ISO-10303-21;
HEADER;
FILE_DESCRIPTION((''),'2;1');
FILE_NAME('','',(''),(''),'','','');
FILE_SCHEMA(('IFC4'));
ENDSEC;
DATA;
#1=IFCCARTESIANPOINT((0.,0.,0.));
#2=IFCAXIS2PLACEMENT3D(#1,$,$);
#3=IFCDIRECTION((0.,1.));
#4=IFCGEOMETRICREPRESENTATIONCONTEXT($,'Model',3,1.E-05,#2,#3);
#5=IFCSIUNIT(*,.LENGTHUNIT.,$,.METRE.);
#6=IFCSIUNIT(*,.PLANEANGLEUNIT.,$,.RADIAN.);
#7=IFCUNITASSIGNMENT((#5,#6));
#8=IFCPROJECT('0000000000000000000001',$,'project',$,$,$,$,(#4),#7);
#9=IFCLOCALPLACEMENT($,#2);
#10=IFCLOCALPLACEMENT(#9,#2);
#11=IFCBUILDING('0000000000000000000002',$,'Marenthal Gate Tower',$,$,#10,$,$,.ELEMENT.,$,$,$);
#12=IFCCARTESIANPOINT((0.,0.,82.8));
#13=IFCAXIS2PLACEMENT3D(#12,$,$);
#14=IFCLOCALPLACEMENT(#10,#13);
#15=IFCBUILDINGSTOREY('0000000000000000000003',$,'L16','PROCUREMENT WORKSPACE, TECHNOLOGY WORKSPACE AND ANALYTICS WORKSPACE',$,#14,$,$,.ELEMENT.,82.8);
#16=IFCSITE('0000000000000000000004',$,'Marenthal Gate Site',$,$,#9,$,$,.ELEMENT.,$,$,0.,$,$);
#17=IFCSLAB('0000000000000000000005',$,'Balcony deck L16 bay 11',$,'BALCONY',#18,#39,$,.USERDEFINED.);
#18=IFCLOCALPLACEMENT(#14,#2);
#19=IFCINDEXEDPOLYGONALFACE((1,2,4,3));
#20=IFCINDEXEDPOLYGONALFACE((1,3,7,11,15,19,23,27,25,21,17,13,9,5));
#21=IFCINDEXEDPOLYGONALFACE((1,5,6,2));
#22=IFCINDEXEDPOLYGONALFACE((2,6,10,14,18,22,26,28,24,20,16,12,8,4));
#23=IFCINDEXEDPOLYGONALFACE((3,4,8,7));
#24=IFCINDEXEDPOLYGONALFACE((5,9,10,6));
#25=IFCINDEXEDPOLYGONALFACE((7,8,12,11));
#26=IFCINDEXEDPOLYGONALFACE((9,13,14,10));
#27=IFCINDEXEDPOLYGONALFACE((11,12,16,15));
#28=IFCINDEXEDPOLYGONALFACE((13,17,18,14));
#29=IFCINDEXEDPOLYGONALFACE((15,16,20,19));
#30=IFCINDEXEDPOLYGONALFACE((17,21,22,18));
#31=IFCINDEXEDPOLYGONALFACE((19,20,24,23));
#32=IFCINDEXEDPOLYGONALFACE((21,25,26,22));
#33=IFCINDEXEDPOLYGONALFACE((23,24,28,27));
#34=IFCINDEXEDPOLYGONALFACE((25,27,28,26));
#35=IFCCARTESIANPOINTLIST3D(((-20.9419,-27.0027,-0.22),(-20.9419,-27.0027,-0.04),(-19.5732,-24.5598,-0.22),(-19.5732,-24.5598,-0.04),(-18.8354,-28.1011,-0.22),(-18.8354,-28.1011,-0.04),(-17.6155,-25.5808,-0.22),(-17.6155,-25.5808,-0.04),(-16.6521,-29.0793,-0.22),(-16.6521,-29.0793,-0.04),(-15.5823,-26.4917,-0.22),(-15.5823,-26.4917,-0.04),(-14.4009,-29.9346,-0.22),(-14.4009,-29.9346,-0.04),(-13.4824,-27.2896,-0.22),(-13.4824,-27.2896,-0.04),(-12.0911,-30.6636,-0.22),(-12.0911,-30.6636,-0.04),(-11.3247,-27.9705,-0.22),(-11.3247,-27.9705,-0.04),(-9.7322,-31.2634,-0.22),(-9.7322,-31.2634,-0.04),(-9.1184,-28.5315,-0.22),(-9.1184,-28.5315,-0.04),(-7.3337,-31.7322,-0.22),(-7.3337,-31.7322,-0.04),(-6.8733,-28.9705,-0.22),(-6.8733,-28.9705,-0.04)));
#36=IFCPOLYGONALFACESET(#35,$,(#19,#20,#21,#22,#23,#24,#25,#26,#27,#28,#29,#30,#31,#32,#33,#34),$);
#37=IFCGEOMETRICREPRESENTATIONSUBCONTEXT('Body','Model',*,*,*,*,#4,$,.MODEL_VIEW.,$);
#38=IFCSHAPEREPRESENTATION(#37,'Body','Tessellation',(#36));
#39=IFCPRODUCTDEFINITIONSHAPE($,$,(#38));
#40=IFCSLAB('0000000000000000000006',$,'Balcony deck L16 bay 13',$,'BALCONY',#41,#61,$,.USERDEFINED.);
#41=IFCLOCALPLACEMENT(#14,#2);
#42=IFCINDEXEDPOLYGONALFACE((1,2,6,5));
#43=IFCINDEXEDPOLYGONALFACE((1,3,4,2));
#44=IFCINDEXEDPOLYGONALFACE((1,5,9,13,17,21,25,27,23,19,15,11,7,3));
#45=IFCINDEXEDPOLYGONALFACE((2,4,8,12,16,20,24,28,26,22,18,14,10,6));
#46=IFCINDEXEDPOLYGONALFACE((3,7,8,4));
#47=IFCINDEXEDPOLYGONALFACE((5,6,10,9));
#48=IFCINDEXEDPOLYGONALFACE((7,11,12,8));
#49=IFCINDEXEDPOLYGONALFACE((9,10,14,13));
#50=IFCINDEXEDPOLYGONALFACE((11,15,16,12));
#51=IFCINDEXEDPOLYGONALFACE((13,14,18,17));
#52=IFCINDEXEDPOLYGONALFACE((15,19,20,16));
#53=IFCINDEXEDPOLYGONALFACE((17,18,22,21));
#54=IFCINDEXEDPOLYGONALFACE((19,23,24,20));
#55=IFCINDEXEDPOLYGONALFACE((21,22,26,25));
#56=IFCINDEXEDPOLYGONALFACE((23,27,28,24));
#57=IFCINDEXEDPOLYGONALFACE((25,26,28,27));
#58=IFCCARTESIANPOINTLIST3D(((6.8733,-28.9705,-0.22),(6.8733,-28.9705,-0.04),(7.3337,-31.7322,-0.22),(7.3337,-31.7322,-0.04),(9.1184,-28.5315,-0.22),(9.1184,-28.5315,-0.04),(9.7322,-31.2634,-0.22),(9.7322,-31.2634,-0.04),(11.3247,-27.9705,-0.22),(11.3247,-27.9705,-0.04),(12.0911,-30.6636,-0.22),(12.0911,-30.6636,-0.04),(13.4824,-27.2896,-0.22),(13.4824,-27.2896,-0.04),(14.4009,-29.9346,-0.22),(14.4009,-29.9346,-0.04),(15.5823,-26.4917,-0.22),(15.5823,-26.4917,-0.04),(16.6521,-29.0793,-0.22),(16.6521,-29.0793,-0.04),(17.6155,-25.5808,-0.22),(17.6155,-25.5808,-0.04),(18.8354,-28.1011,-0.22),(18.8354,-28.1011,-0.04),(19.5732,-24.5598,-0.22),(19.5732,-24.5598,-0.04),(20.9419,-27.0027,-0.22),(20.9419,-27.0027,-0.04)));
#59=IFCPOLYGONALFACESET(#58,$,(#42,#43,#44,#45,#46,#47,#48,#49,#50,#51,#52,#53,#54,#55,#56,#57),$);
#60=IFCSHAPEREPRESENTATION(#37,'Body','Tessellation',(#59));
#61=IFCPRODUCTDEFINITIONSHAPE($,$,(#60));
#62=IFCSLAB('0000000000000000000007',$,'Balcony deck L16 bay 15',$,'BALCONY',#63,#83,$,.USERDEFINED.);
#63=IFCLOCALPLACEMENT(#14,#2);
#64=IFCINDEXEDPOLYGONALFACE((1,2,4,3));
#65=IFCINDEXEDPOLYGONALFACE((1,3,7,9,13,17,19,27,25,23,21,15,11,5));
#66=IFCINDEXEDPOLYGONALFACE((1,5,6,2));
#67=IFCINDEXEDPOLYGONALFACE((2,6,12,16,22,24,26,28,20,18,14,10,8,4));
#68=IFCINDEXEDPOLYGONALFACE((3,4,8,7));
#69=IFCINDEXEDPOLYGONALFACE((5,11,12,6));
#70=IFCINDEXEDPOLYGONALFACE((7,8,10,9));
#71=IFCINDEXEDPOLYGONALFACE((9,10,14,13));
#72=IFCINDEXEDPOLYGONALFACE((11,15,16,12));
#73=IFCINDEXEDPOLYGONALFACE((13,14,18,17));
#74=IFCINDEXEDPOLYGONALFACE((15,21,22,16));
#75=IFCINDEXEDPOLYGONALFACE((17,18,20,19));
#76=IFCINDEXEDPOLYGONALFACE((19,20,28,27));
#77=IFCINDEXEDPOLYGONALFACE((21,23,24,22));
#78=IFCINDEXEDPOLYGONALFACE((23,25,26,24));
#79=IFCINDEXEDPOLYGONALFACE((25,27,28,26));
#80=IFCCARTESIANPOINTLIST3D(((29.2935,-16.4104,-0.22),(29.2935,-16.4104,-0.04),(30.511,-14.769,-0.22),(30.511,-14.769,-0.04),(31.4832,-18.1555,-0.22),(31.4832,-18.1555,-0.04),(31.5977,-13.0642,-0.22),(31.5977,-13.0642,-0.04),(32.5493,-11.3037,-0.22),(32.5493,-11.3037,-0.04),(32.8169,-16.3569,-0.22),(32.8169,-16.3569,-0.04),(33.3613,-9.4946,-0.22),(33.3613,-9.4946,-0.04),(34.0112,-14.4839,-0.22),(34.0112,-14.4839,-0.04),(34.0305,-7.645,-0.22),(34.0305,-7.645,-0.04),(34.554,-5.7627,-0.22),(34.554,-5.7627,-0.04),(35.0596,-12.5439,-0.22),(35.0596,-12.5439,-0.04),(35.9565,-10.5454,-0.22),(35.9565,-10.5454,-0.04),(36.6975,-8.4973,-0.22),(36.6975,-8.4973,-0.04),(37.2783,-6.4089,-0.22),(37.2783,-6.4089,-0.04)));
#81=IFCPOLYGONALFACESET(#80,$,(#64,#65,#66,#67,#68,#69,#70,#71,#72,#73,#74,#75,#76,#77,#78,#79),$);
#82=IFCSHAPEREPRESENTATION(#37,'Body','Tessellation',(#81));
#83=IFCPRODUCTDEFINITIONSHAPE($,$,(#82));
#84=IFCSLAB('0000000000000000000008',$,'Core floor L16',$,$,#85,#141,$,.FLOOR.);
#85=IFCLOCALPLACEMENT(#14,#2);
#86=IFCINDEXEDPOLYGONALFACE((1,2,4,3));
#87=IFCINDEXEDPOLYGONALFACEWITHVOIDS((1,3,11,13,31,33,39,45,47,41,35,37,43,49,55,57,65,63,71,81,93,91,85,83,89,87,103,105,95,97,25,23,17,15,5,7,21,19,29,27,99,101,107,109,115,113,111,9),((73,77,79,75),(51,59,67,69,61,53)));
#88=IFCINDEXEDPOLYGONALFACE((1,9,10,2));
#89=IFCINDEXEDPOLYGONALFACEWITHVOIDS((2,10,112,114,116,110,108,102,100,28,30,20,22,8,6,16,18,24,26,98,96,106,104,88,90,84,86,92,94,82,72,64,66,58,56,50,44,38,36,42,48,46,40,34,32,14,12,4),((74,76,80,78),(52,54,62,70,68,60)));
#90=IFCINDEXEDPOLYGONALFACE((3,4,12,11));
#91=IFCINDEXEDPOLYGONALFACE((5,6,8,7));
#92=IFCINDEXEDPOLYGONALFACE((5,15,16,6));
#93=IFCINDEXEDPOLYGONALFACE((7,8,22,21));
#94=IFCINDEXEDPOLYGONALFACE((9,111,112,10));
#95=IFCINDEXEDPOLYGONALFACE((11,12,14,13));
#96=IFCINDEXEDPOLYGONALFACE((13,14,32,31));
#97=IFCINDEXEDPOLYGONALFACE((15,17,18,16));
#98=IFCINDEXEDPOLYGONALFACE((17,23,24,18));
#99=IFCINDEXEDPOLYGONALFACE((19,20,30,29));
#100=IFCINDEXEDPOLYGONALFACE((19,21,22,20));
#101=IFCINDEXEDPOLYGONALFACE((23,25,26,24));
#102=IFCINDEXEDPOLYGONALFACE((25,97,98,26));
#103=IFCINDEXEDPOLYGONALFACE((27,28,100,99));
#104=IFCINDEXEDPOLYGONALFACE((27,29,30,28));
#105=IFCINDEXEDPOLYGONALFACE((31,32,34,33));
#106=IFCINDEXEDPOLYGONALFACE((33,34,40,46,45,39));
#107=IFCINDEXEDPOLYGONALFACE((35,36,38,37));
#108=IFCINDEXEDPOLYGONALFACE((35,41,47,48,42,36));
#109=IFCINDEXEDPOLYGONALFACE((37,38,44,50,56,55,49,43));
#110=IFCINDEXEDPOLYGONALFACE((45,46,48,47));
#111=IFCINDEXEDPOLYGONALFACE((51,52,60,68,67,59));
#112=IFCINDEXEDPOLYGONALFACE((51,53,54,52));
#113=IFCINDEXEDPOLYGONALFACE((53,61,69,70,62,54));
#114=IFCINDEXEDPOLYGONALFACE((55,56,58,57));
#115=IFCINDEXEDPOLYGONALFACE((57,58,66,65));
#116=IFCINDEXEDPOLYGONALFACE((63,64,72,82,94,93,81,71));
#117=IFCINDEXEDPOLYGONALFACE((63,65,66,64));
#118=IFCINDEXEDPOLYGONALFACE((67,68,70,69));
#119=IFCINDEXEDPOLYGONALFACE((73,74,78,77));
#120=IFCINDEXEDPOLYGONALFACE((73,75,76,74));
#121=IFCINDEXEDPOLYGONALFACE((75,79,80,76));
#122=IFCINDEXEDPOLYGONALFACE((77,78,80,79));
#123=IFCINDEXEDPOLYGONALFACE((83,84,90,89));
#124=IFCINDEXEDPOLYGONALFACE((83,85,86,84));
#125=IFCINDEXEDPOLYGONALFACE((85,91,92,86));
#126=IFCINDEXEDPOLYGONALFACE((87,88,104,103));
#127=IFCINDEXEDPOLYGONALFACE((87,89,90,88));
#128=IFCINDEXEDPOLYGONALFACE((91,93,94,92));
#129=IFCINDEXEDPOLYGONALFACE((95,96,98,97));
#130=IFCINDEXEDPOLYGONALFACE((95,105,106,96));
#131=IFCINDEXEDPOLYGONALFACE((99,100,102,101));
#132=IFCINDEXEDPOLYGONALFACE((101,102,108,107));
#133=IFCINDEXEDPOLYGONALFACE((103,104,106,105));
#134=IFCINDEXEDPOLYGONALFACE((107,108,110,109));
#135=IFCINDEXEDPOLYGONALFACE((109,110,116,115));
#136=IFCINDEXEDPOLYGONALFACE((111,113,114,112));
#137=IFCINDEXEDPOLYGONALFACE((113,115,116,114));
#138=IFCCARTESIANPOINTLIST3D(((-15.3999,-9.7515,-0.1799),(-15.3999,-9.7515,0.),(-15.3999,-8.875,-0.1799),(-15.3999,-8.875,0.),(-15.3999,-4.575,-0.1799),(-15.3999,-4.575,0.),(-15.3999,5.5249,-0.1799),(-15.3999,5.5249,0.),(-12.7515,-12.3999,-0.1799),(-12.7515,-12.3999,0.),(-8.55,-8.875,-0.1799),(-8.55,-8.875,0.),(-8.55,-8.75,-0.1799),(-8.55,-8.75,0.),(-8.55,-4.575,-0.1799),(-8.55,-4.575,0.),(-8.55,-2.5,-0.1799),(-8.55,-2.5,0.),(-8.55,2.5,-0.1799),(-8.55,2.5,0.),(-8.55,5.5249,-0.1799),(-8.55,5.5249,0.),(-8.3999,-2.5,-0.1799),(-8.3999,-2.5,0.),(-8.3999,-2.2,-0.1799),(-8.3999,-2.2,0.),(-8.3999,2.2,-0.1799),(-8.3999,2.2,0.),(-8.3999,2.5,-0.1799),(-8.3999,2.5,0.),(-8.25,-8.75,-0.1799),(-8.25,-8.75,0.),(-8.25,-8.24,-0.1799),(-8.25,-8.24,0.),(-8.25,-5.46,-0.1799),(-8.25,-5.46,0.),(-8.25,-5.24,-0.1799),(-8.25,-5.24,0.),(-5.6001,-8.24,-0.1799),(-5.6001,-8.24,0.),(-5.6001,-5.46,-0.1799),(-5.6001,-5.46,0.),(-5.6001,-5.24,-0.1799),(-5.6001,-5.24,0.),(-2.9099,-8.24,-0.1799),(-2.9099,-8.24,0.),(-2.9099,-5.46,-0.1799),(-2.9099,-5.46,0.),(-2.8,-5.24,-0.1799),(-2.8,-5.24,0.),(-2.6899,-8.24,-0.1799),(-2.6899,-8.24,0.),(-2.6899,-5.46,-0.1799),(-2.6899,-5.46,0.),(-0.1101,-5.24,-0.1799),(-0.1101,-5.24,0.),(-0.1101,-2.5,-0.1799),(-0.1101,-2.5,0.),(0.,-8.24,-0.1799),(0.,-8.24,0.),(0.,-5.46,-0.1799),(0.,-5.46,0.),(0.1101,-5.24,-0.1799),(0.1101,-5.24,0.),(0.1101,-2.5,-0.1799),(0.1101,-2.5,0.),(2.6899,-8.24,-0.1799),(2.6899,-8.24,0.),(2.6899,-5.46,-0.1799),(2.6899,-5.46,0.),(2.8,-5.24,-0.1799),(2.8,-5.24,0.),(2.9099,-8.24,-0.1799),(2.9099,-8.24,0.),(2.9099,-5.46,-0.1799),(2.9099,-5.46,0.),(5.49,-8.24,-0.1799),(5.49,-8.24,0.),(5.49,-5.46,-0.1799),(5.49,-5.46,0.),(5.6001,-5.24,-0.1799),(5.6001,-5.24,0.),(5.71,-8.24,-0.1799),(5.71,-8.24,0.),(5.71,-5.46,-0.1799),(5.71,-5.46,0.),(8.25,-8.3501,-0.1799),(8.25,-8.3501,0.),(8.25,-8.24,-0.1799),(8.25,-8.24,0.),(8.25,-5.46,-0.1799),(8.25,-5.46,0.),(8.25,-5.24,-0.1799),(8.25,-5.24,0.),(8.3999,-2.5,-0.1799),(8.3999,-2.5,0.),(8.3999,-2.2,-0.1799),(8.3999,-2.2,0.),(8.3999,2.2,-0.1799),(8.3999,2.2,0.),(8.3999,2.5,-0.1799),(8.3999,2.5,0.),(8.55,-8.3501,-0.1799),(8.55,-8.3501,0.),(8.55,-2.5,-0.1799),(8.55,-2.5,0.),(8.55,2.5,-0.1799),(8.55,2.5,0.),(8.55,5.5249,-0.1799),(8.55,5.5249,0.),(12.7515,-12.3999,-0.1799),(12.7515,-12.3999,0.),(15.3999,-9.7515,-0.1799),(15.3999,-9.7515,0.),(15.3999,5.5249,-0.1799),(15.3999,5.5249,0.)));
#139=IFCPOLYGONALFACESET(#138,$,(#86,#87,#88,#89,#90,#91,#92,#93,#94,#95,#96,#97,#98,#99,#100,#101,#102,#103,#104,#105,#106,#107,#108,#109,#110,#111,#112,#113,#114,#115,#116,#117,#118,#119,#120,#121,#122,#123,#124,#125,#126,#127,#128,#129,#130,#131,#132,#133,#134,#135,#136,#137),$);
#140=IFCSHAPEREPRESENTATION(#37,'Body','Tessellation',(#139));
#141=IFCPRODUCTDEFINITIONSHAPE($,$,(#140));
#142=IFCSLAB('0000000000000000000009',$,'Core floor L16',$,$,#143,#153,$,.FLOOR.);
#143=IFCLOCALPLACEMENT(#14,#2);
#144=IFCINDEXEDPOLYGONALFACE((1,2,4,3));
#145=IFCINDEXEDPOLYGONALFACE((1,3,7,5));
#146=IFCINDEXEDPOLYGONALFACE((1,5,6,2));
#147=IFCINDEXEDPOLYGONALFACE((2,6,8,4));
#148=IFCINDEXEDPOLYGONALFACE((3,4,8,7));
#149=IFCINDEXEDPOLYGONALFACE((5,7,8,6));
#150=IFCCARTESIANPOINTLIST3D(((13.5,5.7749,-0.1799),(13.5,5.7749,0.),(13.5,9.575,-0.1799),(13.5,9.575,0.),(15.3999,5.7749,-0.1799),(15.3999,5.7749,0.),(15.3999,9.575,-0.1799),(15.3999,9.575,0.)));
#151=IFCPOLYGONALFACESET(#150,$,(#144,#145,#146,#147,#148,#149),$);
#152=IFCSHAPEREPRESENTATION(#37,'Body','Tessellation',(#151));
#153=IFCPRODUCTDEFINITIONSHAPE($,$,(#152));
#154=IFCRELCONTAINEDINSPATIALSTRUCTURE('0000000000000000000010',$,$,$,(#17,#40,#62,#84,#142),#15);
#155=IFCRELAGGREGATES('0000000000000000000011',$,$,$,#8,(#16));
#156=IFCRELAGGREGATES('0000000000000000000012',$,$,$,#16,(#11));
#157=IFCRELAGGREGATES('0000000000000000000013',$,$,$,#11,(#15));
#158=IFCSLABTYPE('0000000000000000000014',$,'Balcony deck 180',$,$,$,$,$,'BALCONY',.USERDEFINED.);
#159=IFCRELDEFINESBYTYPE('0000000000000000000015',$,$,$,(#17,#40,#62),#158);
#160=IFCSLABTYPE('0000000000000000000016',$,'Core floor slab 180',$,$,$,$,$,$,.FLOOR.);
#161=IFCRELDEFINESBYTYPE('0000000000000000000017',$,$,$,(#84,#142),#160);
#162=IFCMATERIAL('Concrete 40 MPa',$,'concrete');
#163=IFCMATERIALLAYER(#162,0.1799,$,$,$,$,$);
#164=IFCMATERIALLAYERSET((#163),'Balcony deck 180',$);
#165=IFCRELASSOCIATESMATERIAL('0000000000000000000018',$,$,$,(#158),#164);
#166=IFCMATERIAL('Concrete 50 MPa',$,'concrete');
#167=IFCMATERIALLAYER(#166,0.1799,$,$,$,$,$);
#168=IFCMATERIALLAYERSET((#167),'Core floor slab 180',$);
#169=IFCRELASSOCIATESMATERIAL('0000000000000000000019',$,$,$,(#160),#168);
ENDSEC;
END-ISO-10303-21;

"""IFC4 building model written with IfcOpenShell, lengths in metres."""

from ifc_helpers import new_model, si_unit, direction, frame, origin, place, context, subcontext, project, spatial, polyline, outline, extrude, material, layer, layer_set, type_object, element, save


model = new_model("IFC4")

# Units and contexts
model_context = context("Model", 3, precision=1e-05, world=origin(), true_north=direction((0.0, 1.0)))
body_context = subcontext(model_context, "Body", "Model", "MODEL_VIEW")
ifc_project = project(units=[si_unit("LENGTHUNIT", "METRE"), si_unit("PLANEANGLEUNIT", "RADIAN")], contexts=[model_context])

# Site, building, storey
site_placement = place(None, origin())
site = spatial("IfcSite", under=ifc_project, at=site_placement, Name="Marenthal Gate Site", CompositionType="ELEMENT", RefElevation=0.0)
building_placement = place(site_placement, origin())
building = spatial("IfcBuilding", under=site, at=building_placement, Name="Marenthal Gate Tower", CompositionType="ELEMENT")
storey_placement = place(building_placement, frame((0.0, 0.0, 82.8)))
storey = spatial("IfcBuildingStorey", under=building, at=storey_placement, Name="L16", Description="PROCUREMENT WORKSPACE, TECHNOLOGY WORKSPACE AND ANALYTICS WORKSPACE", CompositionType="ELEMENT", Elevation=82.8)

# Slabs
ifc_material_1 = material(Name="Concrete 40 MPa", Category="concrete")
ifc_layer_1 = layer(ifc_material_1, 0.1799)
ifc_layer_set_1 = layer_set([ifc_layer_1], Name="Balcony deck 180")
slab_type_1 = type_object("IfcSlabType", Name="Balcony deck 180", ElementType="BALCONY", PredefinedType="USERDEFINED", material=ifc_layer_set_1)
slab_1_placement = place(storey_placement, frame((0.0, 0.0, -0.22)))
element("IfcSlab", 1, at=slab_1_placement, inside=storey, type_object=slab_type_1, Name="Balcony deck L16 bay 11", ObjectType="BALCONY", PredefinedType="USERDEFINED", context=body_context, shape_type="SweptSolid", body=[
    extrude(outline(polyline([(-19.5732, -24.5598), (-17.6155, -25.5808), (-15.5823, -26.4917), (-13.4824, -27.2896), (-11.3247, -27.9705), (-9.1184, -28.5315), (-6.8733, -28.9705), (-7.3337, -31.7322), (-9.7322, -31.2634), (-12.0911, -30.6636), (-14.4009, -29.9346), (-16.6521, -29.0793), (-18.8354, -28.1011), (-20.9419, -27.0027), (-19.5732, -24.5598)])), origin(), (0.0, 0.0, 1.0), 0.1799),
])
slab_2_placement = place(storey_placement, frame((0.0, 0.0, -0.22)))
element("IfcSlab", 2, at=slab_2_placement, inside=storey, type_object=slab_type_1, Name="Balcony deck L16 bay 13", ObjectType="BALCONY", PredefinedType="USERDEFINED", context=body_context, shape_type="SweptSolid", body=[
    extrude(outline(polyline([(6.8733, -28.9705), (9.1184, -28.5315), (11.3247, -27.9705), (13.4824, -27.2896), (15.5823, -26.4917), (17.6155, -25.5808), (19.5732, -24.5598), (20.9419, -27.0027), (18.8354, -28.1011), (16.6521, -29.0793), (14.4009, -29.9346), (12.0911, -30.6636), (9.7322, -31.2634), (7.3337, -31.7322), (6.8733, -28.9705)])), origin(), (0.0, 0.0, 1.0), 0.1799),
])
slab_3_placement = place(storey_placement, frame((0.0, 0.0, -0.22)))
element("IfcSlab", 3, at=slab_3_placement, inside=storey, type_object=slab_type_1, Name="Balcony deck L16 bay 15", ObjectType="BALCONY", PredefinedType="USERDEFINED", context=body_context, shape_type="SweptSolid", body=[
    extrude(outline(polyline([(29.2935, -16.4104), (30.511, -14.769), (31.5977, -13.0642), (32.5493, -11.3037), (33.3613, -9.4946), (34.0305, -7.645), (34.554, -5.7627), (37.2783, -6.4089), (36.6975, -8.4973), (35.9565, -10.5454), (35.0596, -12.5439), (34.0112, -14.4839), (32.8169, -16.3569), (31.4832, -18.1555), (29.2935, -16.4104)])), origin(), (0.0, 0.0, 1.0), 0.1799),
])
ifc_material_2 = material(Name="Concrete 50 MPa", Category="concrete")
ifc_layer_2 = layer(ifc_material_2, 0.1799)
ifc_layer_set_2 = layer_set([ifc_layer_2], Name="Core floor slab 180")
slab_type_2 = type_object("IfcSlabType", Name="Core floor slab 180", PredefinedType="FLOOR", material=ifc_layer_set_2)
slab_4_placement = place(storey_placement, frame((0.0, 0.0, -0.1799)))
element("IfcSlab", 4, at=slab_4_placement, inside=storey, type_object=slab_type_2, Name="Core floor L16", PredefinedType="FLOOR", context=body_context, shape_type="SweptSolid", body=[
    extrude(outline(polyline([(15.3999, -9.7515), (12.7515, -12.3999), (-12.7515, -12.3999), (-15.3999, -9.7515), (-15.3999, -8.875), (-8.55, -8.875), (-8.55, -8.75), (-8.25, -8.75), (-8.25, -8.24), (-5.6001, -8.24), (-2.9099, -8.24), (-2.9099, -5.46), (-5.6001, -5.46), (-8.25, -5.46), (-8.25, -5.24), (-5.6001, -5.24), (-2.8, -5.24), (-0.1101, -5.24), (-0.1101, -2.5), (0.1101, -2.5), (0.1101, -5.24), (2.8, -5.24), (5.6001, -5.24), (8.25, -5.24), (8.25, -5.46), (5.71, -5.46), (5.71, -8.24), (8.25, -8.24), (8.25, -8.3501), (8.55, -8.3501), (8.55, -2.5), (8.3999, -2.5), (8.3999, -2.2), (-8.3999, -2.2), (-8.3999, -2.5), (-8.55, -2.5), (-8.55, -4.575), (-15.3999, -4.575), (-15.3999, 5.5249), (-8.55, 5.5249), (-8.55, 2.5), (-8.3999, 2.5), (-8.3999, 2.2), (8.3999, 2.2), (8.3999, 2.5), (8.55, 2.5), (8.55, 5.5249), (15.3999, 5.5249), (15.3999, -9.7515)]), holes=[polyline([(2.6899, -5.46), (0.0, -5.46), (-2.6899, -5.46), (-2.6899, -8.24), (0.0, -8.24), (2.6899, -8.24), (2.6899, -5.46)]), polyline([(5.49, -5.46), (2.9099, -5.46), (2.9099, -8.24), (5.49, -8.24), (5.49, -5.46)])]), origin(), (0.0, 0.0, 1.0), 0.1799),
])
slab_5_placement = place(storey_placement, frame((0.0, 0.0, -0.1799)))
element("IfcSlab", 5, at=slab_5_placement, inside=storey, type_object=slab_type_2, Name="Core floor L16", PredefinedType="FLOOR", context=body_context, shape_type="SweptSolid", body=[
    extrude(outline(polyline([(15.3999, 5.7749), (13.5, 5.7749), (13.5, 9.575), (15.3999, 9.575), (15.3999, 5.7749)])), origin(), (0.0, 0.0, 1.0), 0.1799),
])

save(model, "model.ifc")
